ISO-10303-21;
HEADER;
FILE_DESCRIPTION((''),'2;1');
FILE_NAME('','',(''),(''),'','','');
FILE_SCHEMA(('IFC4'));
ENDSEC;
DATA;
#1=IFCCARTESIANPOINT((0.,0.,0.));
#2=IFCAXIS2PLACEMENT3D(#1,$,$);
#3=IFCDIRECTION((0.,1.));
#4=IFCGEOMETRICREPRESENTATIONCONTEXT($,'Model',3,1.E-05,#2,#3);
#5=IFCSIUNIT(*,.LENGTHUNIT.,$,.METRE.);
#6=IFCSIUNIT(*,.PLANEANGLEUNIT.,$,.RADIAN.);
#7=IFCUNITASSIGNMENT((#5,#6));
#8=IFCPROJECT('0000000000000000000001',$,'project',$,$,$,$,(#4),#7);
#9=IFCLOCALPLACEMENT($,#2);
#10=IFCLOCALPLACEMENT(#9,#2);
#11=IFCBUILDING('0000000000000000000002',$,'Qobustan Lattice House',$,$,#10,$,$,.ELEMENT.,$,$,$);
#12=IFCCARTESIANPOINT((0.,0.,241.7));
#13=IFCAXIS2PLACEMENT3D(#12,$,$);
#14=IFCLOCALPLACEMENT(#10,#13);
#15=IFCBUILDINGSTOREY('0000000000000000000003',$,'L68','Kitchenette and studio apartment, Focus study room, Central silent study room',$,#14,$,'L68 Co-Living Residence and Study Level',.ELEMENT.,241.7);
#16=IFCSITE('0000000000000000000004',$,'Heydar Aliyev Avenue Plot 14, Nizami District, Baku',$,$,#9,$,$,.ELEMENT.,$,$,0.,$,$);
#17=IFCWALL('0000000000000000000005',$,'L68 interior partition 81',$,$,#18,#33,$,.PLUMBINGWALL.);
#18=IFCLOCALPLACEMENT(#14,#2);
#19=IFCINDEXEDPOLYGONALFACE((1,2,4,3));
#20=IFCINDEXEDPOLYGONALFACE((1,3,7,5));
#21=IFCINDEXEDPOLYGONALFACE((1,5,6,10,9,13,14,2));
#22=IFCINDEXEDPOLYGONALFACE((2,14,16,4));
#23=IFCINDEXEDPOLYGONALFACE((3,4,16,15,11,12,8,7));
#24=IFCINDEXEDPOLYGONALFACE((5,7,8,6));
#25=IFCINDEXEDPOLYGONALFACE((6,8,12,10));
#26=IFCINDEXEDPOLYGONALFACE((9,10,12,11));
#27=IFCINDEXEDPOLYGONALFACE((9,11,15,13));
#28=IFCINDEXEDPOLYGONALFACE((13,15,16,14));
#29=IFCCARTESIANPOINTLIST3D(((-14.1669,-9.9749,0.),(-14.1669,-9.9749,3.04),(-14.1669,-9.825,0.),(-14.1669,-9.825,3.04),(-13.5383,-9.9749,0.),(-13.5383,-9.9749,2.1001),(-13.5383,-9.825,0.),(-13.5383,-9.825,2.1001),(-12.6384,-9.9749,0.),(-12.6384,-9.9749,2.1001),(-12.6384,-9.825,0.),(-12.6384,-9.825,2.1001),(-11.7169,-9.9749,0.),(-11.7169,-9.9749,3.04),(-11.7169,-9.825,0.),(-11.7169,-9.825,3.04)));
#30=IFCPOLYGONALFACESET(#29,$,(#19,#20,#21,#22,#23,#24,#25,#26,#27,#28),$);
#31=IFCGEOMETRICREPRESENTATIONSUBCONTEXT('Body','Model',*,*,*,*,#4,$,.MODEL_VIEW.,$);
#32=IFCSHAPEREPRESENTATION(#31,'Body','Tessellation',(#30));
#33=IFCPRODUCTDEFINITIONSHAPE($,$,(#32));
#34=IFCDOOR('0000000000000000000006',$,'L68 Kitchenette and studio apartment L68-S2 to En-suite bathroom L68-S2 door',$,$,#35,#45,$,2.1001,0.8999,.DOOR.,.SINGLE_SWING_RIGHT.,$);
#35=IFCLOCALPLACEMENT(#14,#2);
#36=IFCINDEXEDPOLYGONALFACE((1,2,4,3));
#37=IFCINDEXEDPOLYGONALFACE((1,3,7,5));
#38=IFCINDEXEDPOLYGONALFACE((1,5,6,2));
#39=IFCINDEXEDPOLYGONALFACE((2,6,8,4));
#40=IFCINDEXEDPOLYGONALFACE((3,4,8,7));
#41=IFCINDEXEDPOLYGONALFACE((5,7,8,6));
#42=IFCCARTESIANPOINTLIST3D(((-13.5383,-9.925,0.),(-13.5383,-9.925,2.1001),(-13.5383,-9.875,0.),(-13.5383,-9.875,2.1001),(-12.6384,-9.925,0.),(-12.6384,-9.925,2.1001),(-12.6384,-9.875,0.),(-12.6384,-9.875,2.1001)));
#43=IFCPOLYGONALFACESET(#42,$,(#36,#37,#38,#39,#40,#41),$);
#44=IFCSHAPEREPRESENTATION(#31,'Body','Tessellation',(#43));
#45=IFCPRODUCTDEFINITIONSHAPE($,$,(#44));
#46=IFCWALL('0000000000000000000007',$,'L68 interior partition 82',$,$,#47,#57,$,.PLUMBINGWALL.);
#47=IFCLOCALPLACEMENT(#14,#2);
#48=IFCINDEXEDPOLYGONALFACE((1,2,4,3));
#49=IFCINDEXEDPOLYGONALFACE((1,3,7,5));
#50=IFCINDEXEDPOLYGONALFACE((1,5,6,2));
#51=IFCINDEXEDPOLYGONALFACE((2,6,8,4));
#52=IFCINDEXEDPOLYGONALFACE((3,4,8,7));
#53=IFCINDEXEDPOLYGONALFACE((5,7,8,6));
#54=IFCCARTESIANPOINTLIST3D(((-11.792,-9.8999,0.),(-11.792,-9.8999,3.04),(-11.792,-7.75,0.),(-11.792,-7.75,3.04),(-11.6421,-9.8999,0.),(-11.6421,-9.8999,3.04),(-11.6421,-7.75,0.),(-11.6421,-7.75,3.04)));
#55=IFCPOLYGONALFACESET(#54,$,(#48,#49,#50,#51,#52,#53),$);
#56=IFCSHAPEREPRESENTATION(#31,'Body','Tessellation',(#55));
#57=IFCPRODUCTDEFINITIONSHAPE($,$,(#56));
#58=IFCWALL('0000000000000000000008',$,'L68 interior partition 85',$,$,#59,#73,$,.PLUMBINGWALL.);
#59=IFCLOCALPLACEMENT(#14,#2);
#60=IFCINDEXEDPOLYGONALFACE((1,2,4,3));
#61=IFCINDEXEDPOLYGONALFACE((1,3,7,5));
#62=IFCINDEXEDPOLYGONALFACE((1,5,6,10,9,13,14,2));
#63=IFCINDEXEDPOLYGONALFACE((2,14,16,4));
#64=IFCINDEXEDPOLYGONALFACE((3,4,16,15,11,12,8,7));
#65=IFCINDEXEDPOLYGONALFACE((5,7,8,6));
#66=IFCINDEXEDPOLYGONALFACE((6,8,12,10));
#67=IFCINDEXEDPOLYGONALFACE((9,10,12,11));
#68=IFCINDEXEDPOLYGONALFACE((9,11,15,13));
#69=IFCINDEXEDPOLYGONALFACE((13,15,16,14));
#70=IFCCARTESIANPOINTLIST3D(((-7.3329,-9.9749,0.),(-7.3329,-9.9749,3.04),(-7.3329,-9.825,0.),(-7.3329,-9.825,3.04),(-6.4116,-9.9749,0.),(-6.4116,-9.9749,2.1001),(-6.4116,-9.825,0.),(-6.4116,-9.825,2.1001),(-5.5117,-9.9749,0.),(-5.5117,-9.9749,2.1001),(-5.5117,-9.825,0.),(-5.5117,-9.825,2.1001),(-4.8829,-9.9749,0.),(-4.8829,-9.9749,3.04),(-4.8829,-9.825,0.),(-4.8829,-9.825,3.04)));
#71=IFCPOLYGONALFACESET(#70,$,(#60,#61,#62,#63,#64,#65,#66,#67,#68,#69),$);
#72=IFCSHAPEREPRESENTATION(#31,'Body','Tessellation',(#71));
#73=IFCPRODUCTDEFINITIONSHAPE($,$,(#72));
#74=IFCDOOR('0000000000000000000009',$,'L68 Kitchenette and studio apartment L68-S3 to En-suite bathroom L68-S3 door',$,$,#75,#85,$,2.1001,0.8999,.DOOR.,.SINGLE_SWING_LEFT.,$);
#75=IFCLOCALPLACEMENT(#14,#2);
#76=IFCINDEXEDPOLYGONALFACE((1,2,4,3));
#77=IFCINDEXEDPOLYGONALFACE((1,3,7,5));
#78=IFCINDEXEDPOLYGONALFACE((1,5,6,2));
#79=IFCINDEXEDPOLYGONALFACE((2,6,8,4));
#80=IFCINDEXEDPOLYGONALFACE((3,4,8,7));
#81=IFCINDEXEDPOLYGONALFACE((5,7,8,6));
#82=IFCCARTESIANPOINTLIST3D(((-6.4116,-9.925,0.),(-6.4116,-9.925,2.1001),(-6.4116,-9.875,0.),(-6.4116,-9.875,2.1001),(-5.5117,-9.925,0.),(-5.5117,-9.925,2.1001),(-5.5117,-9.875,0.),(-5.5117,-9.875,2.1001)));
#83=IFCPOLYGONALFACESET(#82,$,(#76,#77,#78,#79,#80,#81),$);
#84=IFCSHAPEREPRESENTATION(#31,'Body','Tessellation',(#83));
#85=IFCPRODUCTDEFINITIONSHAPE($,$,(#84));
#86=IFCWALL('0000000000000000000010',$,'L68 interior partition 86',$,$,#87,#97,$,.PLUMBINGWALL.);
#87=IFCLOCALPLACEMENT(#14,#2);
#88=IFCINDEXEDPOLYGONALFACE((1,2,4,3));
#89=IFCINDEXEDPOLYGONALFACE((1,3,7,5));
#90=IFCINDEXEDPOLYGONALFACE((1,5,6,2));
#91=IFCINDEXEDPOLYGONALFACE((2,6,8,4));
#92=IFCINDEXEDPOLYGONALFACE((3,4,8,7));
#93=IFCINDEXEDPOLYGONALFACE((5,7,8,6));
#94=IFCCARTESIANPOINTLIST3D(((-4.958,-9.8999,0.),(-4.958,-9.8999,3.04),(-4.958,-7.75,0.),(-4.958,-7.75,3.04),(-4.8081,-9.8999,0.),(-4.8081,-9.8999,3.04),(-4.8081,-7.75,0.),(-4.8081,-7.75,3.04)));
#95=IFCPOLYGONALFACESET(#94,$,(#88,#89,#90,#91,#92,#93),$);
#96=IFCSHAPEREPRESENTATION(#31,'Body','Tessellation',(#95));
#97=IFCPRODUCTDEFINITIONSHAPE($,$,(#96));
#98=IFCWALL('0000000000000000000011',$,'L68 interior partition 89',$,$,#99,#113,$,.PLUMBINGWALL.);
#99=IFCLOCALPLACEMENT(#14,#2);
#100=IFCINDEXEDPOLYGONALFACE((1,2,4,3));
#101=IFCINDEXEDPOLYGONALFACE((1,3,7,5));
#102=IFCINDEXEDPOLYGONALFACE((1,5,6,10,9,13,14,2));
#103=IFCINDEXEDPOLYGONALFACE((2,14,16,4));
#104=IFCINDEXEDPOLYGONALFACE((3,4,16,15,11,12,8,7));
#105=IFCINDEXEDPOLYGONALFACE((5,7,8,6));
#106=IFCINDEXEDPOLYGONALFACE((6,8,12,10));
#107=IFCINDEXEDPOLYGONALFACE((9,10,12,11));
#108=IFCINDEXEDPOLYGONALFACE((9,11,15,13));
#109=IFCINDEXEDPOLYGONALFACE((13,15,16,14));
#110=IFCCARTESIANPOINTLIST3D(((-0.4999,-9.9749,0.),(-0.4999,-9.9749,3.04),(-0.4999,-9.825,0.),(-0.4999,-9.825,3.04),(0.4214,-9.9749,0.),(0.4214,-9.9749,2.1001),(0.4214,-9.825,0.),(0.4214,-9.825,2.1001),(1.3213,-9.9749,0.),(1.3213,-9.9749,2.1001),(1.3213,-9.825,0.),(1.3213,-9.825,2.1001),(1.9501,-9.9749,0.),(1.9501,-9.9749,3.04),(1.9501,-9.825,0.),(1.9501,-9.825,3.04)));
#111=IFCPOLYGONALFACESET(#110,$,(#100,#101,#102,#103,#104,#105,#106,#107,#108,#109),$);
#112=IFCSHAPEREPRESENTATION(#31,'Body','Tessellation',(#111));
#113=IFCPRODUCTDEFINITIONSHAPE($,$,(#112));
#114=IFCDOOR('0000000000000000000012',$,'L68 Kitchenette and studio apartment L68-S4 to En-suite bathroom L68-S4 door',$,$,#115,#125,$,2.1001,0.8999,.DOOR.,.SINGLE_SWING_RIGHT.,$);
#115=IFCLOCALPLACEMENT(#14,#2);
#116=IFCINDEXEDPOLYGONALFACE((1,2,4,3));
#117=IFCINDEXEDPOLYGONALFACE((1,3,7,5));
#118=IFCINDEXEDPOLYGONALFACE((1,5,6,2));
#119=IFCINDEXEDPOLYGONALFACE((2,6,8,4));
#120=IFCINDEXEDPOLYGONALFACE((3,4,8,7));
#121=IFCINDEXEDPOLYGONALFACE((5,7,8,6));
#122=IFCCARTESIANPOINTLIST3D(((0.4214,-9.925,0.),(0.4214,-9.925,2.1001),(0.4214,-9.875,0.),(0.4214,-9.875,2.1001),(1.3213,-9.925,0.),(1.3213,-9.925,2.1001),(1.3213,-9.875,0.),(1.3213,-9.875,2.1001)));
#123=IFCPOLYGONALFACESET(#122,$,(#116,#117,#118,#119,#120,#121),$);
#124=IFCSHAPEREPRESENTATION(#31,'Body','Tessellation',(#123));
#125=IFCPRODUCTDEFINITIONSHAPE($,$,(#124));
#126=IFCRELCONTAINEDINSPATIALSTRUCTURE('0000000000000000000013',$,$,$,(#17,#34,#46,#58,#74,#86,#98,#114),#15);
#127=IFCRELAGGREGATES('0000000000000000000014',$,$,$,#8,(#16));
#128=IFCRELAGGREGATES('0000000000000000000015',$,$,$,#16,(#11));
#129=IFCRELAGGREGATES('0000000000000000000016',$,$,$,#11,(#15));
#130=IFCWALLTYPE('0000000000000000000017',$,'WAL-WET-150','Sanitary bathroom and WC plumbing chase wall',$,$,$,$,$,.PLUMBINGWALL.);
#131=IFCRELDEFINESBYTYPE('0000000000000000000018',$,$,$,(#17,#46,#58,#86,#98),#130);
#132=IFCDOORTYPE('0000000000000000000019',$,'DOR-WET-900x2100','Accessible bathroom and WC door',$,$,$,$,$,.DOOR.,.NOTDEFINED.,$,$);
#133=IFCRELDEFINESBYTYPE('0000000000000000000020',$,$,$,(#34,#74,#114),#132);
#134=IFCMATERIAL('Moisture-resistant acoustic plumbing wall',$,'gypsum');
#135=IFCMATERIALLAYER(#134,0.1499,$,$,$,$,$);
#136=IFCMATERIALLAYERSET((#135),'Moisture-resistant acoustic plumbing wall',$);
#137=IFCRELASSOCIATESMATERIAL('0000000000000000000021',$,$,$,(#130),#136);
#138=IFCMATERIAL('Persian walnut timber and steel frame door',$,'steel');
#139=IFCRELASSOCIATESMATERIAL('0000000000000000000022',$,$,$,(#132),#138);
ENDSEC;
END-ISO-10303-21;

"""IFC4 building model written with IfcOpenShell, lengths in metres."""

from ifc_helpers import new_model, si_unit, direction, frame, frame_2d, origin, place, context, subcontext, project, spatial, rectangle, extrude, material, layer, layer_set, type_object, element, fill, save


model = new_model("IFC4")

# Units and contexts
model_context = context("Model", 3, precision=1e-05, world=origin(), true_north=direction((0.0, 1.0)))
body_context = subcontext(model_context, "Body", "Model", "MODEL_VIEW")
ifc_project = project(units=[si_unit("LENGTHUNIT", "METRE"), si_unit("PLANEANGLEUNIT", "RADIAN")], contexts=[model_context])

# Site, building, storey
site_placement = place(None, origin())
site = spatial("IfcSite", under=ifc_project, at=site_placement, Name="Heydar Aliyev Avenue Plot 14, Nizami District, Baku", CompositionType="ELEMENT", RefElevation=0.0)
building_placement = place(site_placement, origin())
building = spatial("IfcBuilding", under=site, at=building_placement, Name="Qobustan Lattice House", CompositionType="ELEMENT")
storey_placement = place(building_placement, frame((0.0, 0.0, 241.7)))
storey = spatial("IfcBuildingStorey", under=building, at=storey_placement, Name="L68", Description="Kitchenette and studio apartment, Focus study room, Central silent study room", LongName="L68 Co-Living Residence and Study Level", CompositionType="ELEMENT", Elevation=241.7)

# Wall, opening, door
ifc_material_1 = material(Name="Moisture-resistant acoustic plumbing wall", Category="gypsum")
ifc_layer_1 = layer(ifc_material_1, 0.1499)
ifc_layer_set_1 = layer_set([ifc_layer_1], Name="Moisture-resistant acoustic plumbing wall")
wall_type_1 = type_object("IfcWallType", Name="WAL-WET-150", Description="Sanitary bathroom and WC plumbing chase wall", PredefinedType="PLUMBINGWALL", material=ifc_layer_set_1)
wall_1_placement = place(storey_placement, frame((-14.167, -9.8999, 0.0), z_axis=(0.0, 0.0, 1.0), x_axis=(1.0, 0.0, 0.0)))
wall_1 = element("IfcWall", 1, at=wall_1_placement, inside=storey, type_object=wall_type_1, Name="L68 interior partition 81", PredefinedType="PLUMBINGWALL", context=body_context, shape_type="SweptSolid", body=[
    extrude(rectangle(XDim=2.45, YDim=0.1499, at=frame_2d((1.2251, 0.0))), origin(), (0.0, 0.0, 1.0), 3.04),
])
opening_1_placement = place(wall_1_placement, frame((0.6287, 0.0, 0.0)))
opening_1 = element("IfcOpeningElement", 2, at=opening_1_placement, cuts=wall_1, PredefinedType="OPENING", context=body_context, shape_type="SweptSolid", body=[
    extrude(rectangle(XDim=0.8999, YDim=2.1001, at=frame_2d((0.45, 1.05))), frame((0.0, 0.085, 0.0), z_axis=(0.0, -1.0, 0.0), x_axis=(1.0, 0.0, 0.0)), (0.0, 0.0, 1.0), 0.1699),
])
ifc_material_2 = material(Name="Persian walnut timber and steel frame door", Category="steel")
door_type_1 = type_object("IfcDoorType", Name="DOR-WET-900x2100", Description="Accessible bathroom and WC door", OperationType="NOTDEFINED", PredefinedType="DOOR", material=ifc_material_2)
door_1_placement = place(opening_1_placement, origin())
door_1 = element("IfcDoor", 3, at=door_1_placement, inside=storey, type_object=door_type_1, Name="L68 Kitchenette and studio apartment L68-S2 to En-suite bathroom L68-S2 door", OperationType="SINGLE_SWING_RIGHT", OverallHeight=2.1001, OverallWidth=0.8999, PredefinedType="DOOR", context=body_context, shape_type="SweptSolid", body=[
    extrude(rectangle(XDim=0.8999, YDim=2.1001, at=frame_2d((0.45, 1.05))), frame((0.0, 0.0249, 0.0), z_axis=(0.0, -1.0, 0.0), x_axis=(1.0, 0.0, 0.0)), (0.0, 0.0, 1.0), 0.05),
])
fill(opening_1, door_1)

# Wall
wall_2_placement = place(storey_placement, frame((-11.717, -9.8999, 0.0), z_axis=(0.0, 0.0, 1.0), x_axis=(0.0, 1.0, 0.0)))
element("IfcWall", 4, at=wall_2_placement, inside=storey, type_object=wall_type_1, Name="L68 interior partition 82", PredefinedType="PLUMBINGWALL", context=body_context, shape_type="SweptSolid", body=[
    extrude(rectangle(XDim=2.1499, YDim=0.1499, at=frame_2d((1.075, 0.0))), origin(), (0.0, 0.0, 1.0), 3.04),
])

# Wall, opening, door
wall_3_placement = place(storey_placement, frame((-7.333, -9.8999, 0.0), z_axis=(0.0, 0.0, 1.0), x_axis=(1.0, 0.0, 0.0)))
wall_3 = element("IfcWall", 5, at=wall_3_placement, inside=storey, type_object=wall_type_1, Name="L68 interior partition 85", PredefinedType="PLUMBINGWALL", context=body_context, shape_type="SweptSolid", body=[
    extrude(rectangle(XDim=2.45, YDim=0.1499, at=frame_2d((1.2251, 0.0))), origin(), (0.0, 0.0, 1.0), 3.04),
])
opening_2_placement = place(wall_3_placement, frame((0.9214, 0.0, 0.0)))
opening_2 = element("IfcOpeningElement", 6, at=opening_2_placement, cuts=wall_3, PredefinedType="OPENING", context=body_context, shape_type="SweptSolid", body=[
    extrude(rectangle(XDim=0.8999, YDim=2.1001, at=frame_2d((0.45, 1.05))), frame((0.0, 0.085, 0.0), z_axis=(0.0, -1.0, 0.0), x_axis=(1.0, 0.0, 0.0)), (0.0, 0.0, 1.0), 0.1699),
])
door_2_placement = place(opening_2_placement, origin())
door_2 = element("IfcDoor", 7, at=door_2_placement, inside=storey, type_object=door_type_1, Name="L68 Kitchenette and studio apartment L68-S3 to En-suite bathroom L68-S3 door", OperationType="SINGLE_SWING_LEFT", OverallHeight=2.1001, OverallWidth=0.8999, PredefinedType="DOOR", context=body_context, shape_type="SweptSolid", body=[
    extrude(rectangle(XDim=0.8999, YDim=2.1001, at=frame_2d((0.45, 1.05))), frame((0.0, 0.0249, 0.0), z_axis=(0.0, -1.0, 0.0), x_axis=(1.0, 0.0, 0.0)), (0.0, 0.0, 1.0), 0.05),
])
fill(opening_2, door_2)

# Wall
wall_4_placement = place(storey_placement, frame((-4.8831, -9.8999, 0.0), z_axis=(0.0, 0.0, 1.0), x_axis=(0.0, 1.0, 0.0)))
element("IfcWall", 8, at=wall_4_placement, inside=storey, type_object=wall_type_1, Name="L68 interior partition 86", PredefinedType="PLUMBINGWALL", context=body_context, shape_type="SweptSolid", body=[
    extrude(rectangle(XDim=2.1499, YDim=0.1499, at=frame_2d((1.075, 0.0))), origin(), (0.0, 0.0, 1.0), 3.04),
])

# Wall, opening, door
wall_5_placement = place(storey_placement, frame((-0.5, -9.8999, 0.0), z_axis=(0.0, 0.0, 1.0), x_axis=(1.0, 0.0, 0.0)))
wall_5 = element("IfcWall", 9, at=wall_5_placement, inside=storey, type_object=wall_type_1, Name="L68 interior partition 89", PredefinedType="PLUMBINGWALL", context=body_context, shape_type="SweptSolid", body=[
    extrude(rectangle(XDim=2.45, YDim=0.1499, at=frame_2d((1.2251, 0.0))), origin(), (0.0, 0.0, 1.0), 3.04),
])
opening_3_placement = place(wall_5_placement, frame((0.9214, 0.0, 0.0)))
opening_3 = element("IfcOpeningElement", 10, at=opening_3_placement, cuts=wall_5, PredefinedType="OPENING", context=body_context, shape_type="SweptSolid", body=[
    extrude(rectangle(XDim=0.8999, YDim=2.1001, at=frame_2d((0.45, 1.05))), frame((0.0, 0.085, 0.0), z_axis=(0.0, -1.0, 0.0), x_axis=(1.0, 0.0, 0.0)), (0.0, 0.0, 1.0), 0.1699),
])
door_3_placement = place(opening_3_placement, origin())
door_3 = element("IfcDoor", 11, at=door_3_placement, inside=storey, type_object=door_type_1, Name="L68 Kitchenette and studio apartment L68-S4 to En-suite bathroom L68-S4 door", OperationType="SINGLE_SWING_RIGHT", OverallHeight=2.1001, OverallWidth=0.8999, PredefinedType="DOOR", context=body_context, shape_type="SweptSolid", body=[
    extrude(rectangle(XDim=0.8999, YDim=2.1001, at=frame_2d((0.45, 1.05))), frame((0.0, 0.0249, 0.0), z_axis=(0.0, -1.0, 0.0), x_axis=(1.0, 0.0, 0.0)), (0.0, 0.0, 1.0), 0.05),
])
fill(opening_3, door_3)

save(model, "model.ifc")
